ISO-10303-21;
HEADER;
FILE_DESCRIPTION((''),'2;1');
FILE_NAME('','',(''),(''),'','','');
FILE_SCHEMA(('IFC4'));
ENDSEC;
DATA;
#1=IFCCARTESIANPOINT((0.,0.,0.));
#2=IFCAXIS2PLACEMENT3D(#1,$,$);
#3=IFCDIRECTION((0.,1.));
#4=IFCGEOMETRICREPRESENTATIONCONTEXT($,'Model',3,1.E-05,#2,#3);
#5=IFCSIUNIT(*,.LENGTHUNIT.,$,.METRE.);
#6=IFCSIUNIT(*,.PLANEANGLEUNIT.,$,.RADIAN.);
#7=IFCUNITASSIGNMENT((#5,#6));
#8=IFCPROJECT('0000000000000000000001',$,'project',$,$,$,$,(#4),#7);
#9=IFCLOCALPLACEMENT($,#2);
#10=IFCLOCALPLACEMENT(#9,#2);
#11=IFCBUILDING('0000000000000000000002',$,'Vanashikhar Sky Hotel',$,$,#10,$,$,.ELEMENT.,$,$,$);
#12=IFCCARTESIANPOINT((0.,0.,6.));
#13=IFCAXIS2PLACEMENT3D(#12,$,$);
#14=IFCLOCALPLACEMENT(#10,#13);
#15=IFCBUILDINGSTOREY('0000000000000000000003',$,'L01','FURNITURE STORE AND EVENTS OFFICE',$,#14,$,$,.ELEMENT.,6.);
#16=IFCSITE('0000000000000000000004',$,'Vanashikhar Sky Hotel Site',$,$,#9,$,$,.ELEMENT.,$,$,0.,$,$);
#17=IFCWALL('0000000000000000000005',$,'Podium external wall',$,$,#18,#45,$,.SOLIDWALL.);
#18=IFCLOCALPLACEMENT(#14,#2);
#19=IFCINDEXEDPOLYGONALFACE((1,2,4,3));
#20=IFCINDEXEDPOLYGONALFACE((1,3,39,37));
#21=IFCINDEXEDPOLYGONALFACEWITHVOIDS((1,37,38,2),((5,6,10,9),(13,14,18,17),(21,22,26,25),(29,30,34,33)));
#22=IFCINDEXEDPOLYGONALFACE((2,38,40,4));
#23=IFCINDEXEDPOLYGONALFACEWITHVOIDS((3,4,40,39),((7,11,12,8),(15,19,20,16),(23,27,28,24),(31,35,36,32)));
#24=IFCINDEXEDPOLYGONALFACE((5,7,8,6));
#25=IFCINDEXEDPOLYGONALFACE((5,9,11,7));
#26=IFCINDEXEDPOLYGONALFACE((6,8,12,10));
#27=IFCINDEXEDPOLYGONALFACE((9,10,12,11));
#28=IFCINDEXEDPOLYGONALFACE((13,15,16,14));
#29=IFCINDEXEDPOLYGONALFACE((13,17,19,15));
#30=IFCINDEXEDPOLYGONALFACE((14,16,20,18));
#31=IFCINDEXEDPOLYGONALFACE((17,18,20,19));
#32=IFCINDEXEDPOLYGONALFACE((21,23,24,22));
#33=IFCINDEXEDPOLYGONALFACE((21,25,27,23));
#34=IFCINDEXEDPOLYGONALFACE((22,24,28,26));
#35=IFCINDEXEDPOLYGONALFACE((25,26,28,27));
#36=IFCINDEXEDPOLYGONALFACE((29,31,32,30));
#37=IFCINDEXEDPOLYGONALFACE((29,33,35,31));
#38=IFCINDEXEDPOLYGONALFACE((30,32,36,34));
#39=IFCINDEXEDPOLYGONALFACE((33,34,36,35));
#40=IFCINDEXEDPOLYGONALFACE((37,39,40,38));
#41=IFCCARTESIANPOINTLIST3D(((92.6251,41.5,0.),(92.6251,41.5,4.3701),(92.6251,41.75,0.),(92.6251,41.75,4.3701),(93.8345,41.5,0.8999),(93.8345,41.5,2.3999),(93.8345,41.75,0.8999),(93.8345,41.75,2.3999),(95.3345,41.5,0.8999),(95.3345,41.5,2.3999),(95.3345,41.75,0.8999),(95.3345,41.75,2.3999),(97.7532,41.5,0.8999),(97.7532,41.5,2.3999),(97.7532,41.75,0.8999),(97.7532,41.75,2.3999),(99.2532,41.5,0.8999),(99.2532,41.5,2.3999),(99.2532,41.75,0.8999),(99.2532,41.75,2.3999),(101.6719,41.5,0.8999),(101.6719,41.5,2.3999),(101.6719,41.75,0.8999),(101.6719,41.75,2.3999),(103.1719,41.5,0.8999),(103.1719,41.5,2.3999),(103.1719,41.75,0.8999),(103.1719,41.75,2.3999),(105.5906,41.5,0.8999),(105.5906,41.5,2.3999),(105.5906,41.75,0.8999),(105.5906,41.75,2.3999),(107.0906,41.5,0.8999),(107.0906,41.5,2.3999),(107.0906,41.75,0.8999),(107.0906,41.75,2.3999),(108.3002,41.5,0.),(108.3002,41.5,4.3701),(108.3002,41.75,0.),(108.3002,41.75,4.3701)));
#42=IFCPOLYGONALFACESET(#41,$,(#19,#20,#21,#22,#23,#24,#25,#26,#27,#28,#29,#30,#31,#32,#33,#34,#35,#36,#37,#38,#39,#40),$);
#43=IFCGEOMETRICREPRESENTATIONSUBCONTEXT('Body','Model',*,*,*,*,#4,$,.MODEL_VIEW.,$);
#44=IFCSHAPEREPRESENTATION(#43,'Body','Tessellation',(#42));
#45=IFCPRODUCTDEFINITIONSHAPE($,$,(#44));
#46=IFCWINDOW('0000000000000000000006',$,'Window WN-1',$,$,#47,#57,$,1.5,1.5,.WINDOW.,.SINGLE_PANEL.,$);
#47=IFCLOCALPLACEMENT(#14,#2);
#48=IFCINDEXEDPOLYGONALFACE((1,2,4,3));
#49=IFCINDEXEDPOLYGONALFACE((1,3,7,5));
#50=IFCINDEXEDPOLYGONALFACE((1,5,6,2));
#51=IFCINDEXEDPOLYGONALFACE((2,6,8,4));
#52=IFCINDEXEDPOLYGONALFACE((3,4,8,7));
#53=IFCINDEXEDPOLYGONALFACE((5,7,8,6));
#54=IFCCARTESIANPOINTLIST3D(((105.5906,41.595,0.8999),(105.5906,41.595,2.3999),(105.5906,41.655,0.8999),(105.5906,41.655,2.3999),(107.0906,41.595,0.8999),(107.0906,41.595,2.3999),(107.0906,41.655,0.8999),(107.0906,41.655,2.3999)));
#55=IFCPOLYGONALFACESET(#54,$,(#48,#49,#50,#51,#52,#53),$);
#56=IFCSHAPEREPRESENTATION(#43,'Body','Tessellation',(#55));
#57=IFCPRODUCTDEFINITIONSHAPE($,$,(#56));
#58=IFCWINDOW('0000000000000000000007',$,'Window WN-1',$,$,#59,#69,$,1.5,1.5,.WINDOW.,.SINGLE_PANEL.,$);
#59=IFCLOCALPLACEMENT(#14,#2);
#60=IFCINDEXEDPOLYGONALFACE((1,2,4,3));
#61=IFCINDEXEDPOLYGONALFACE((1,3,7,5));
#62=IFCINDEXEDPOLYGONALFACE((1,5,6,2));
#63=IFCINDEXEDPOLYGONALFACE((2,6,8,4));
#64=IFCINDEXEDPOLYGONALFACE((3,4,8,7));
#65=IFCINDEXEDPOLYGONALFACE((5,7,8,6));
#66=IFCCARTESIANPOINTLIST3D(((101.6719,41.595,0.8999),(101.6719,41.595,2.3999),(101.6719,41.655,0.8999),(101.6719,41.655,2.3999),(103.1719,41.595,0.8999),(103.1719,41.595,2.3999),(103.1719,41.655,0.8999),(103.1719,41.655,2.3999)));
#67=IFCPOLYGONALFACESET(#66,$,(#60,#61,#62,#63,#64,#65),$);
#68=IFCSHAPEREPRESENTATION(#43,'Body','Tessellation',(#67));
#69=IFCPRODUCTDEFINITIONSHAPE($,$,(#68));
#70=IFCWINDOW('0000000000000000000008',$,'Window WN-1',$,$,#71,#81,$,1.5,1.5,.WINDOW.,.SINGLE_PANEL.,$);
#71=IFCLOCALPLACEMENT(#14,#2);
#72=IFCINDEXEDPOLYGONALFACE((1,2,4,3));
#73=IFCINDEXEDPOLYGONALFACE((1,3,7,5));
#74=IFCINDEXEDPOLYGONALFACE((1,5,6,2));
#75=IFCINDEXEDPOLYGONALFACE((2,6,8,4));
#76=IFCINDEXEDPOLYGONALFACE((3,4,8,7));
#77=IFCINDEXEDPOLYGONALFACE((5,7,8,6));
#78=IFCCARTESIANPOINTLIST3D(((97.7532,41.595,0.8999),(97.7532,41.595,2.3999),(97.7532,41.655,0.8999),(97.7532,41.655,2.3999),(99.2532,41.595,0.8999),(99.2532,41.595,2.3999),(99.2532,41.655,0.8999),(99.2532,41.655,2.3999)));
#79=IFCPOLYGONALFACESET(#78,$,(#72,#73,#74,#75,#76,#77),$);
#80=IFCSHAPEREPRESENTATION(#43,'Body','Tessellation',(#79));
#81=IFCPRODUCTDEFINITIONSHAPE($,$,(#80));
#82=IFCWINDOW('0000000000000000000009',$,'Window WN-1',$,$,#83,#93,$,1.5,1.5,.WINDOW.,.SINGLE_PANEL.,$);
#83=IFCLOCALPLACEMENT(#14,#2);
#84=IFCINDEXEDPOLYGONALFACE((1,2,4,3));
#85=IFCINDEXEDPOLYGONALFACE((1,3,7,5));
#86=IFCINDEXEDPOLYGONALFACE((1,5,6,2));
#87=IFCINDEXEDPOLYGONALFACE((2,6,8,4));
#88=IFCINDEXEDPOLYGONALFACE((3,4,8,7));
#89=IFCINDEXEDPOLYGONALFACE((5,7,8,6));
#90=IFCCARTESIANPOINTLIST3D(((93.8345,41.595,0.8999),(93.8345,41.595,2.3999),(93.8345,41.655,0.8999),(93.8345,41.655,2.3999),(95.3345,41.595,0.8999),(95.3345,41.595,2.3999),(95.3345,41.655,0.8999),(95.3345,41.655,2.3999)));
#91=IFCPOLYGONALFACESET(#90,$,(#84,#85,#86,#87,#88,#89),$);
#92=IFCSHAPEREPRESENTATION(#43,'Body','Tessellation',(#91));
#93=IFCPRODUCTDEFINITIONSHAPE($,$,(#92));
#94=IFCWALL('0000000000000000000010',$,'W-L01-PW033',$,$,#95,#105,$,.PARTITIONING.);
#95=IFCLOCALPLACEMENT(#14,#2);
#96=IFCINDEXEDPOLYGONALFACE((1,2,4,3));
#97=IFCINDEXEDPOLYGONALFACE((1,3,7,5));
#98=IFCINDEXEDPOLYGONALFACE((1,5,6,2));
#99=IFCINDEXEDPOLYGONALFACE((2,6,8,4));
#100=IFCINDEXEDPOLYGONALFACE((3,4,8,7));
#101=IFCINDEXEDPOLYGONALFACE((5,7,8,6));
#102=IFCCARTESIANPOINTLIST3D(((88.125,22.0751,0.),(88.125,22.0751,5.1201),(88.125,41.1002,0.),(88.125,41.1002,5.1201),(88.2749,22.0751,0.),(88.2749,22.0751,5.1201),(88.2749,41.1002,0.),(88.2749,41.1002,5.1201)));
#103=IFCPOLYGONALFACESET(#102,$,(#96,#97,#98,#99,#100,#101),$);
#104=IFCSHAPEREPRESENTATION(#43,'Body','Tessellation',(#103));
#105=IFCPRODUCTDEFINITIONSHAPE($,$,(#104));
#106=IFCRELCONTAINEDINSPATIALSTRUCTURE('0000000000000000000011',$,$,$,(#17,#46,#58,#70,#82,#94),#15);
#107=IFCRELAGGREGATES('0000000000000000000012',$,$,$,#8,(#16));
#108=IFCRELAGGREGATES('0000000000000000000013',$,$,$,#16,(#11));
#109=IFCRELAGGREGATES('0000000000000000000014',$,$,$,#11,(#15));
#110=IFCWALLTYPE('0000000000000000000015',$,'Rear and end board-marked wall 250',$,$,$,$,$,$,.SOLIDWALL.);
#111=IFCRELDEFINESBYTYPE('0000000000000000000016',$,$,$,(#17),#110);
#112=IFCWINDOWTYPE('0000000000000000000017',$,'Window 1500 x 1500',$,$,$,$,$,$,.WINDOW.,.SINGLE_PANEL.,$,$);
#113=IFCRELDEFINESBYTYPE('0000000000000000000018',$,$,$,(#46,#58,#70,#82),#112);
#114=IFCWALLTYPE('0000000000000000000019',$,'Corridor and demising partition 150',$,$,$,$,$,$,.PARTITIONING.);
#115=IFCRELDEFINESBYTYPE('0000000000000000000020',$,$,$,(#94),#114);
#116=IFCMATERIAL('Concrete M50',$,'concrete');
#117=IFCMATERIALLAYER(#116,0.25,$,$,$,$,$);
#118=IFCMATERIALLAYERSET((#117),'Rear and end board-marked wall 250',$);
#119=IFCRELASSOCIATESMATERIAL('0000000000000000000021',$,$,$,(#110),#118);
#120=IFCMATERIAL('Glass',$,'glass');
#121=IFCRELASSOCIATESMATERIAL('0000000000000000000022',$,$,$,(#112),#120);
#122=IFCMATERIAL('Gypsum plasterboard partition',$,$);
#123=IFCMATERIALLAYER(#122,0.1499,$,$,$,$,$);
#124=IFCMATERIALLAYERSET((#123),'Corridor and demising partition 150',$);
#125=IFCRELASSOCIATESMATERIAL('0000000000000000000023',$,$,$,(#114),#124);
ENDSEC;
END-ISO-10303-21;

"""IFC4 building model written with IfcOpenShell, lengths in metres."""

from ifc_helpers import new_model, si_unit, direction, frame, frame_2d, origin, place, context, subcontext, project, spatial, rectangle, extrude, source, transform, mapped, material, layer, layer_set, type_object, element, fill, save


model = new_model("IFC4")

# Units and contexts
model_context = context("Model", 3, precision=1e-05, world=origin(), true_north=direction((0.0, 1.0)))
body_context = subcontext(model_context, "Body", "Model", "MODEL_VIEW")
ifc_project = project(units=[si_unit("LENGTHUNIT", "METRE"), si_unit("PLANEANGLEUNIT", "RADIAN")], contexts=[model_context])

# Site, building, storey
site_placement = place(None, origin())
site = spatial("IfcSite", under=ifc_project, at=site_placement, Name="Vanashikhar Sky Hotel Site", CompositionType="ELEMENT", RefElevation=0.0)
building_placement = place(site_placement, origin())
building = spatial("IfcBuilding", under=site, at=building_placement, Name="Vanashikhar Sky Hotel", CompositionType="ELEMENT")
storey_placement = place(building_placement, frame((0.0, 0.0, 6.0)))
storey = spatial("IfcBuildingStorey", under=building, at=storey_placement, Name="L01", Description="FURNITURE STORE AND EVENTS OFFICE", CompositionType="ELEMENT", Elevation=6.0)

# Shared definitions
ifc_material_1 = material(Name="Concrete M50", Category="concrete")

# Shared definitions
ifc_layer_1 = layer(ifc_material_1, 0.25)
ifc_layer_set_1 = layer_set([ifc_layer_1], Name="Rear and end board-marked wall 250")
wall_type_1 = type_object("IfcWallType", Name="Rear and end board-marked wall 250", PredefinedType="SOLIDWALL", material=ifc_layer_set_1)
shared_shape_1 = source(origin(), body_context, "Body", "SweptSolid", [
    extrude(rectangle(XDim=1.5, YDim=1.5, at=frame_2d((0.75, 0.75))), frame((0.0, 0.135, 0.0), z_axis=(0.0, -1.0, 0.0), x_axis=(1.0, 0.0, 0.0)), (0.0, 0.0, 1.0), 0.27),
])
ifc_material_2 = material(Name="Glass", Category="glass")
window_type_1 = type_object("IfcWindowType", Name="Window 1500 x 1500", PartitioningType="SINGLE_PANEL", PredefinedType="WINDOW", material=ifc_material_2)
shared_shape_2 = source(origin(), body_context, "Body", "SweptSolid", [
    extrude(rectangle(XDim=1.5, YDim=1.5, at=frame_2d((0.75, 0.75))), frame((0.0, 0.03, 0.0), z_axis=(0.0, -1.0, 0.0), x_axis=(1.0, 0.0, 0.0)), (0.0, 0.0, 1.0), 0.0601),
])

# Wall, openings, windows
shared_shape_3 = source(origin(), body_context, "Body", "SweptSolid", [
    extrude(rectangle(XDim=15.675, YDim=0.25, at=frame_2d((7.8374, 0.0))), origin(), (0.0, 0.0, 1.0), 4.3701),
])
wall_1_placement = place(storey_placement, frame((108.3, 41.625, 0.0), z_axis=(0.0, 0.0, 1.0), x_axis=(-1.0, 0.0, 0.0)))
wall_1 = element("IfcWall", 1, at=wall_1_placement, inside=storey, type_object=wall_type_1, Name="Podium external wall", PredefinedType="SOLIDWALL", context=body_context, shape_type="MappedRepresentation", body=[
    mapped(shared_shape_3, transform((0.0, 0.0, 0.0), scale=1.0)),
])
opening_1_placement = place(wall_1_placement, frame((1.2095, 0.0, 0.8999)))
opening_1 = element("IfcOpeningElement", 2, at=opening_1_placement, cuts=wall_1, PredefinedType="OPENING", context=body_context, shape_type="MappedRepresentation", body=[
    mapped(shared_shape_1, transform((0.0, 0.0, 0.0), scale=1.0)),
])
opening_2_placement = place(wall_1_placement, frame((5.1282, 0.0, 0.8999)))
opening_2 = element("IfcOpeningElement", 3, at=opening_2_placement, cuts=wall_1, PredefinedType="OPENING", context=body_context, shape_type="MappedRepresentation", body=[
    mapped(shared_shape_1, transform((0.0, 0.0, 0.0), scale=1.0)),
])
opening_3_placement = place(wall_1_placement, frame((9.0469, 0.0, 0.8999)))
opening_3 = element("IfcOpeningElement", 4, at=opening_3_placement, cuts=wall_1, PredefinedType="OPENING", context=body_context, shape_type="MappedRepresentation", body=[
    mapped(shared_shape_1, transform((0.0, 0.0, 0.0), scale=1.0)),
])
opening_4_placement = place(wall_1_placement, frame((12.9656, 0.0, 0.8999)))
opening_4 = element("IfcOpeningElement", 5, at=opening_4_placement, cuts=wall_1, PredefinedType="OPENING", context=body_context, shape_type="MappedRepresentation", body=[
    mapped(shared_shape_1, transform((0.0, 0.0, 0.0), scale=1.0)),
])
window_1_placement = place(opening_1_placement, origin())
window_1 = element("IfcWindow", 6, at=window_1_placement, inside=storey, type_object=window_type_1, Name="Window WN-1", OverallHeight=1.5, OverallWidth=1.5, PartitioningType="SINGLE_PANEL", PredefinedType="WINDOW", context=body_context, shape_type="MappedRepresentation", body=[
    mapped(shared_shape_2, transform((0.0, 0.0, 0.0), scale=1.0)),
])
fill(opening_1, window_1)
window_2_placement = place(opening_2_placement, origin())
window_2 = element("IfcWindow", 7, at=window_2_placement, inside=storey, type_object=window_type_1, Name="Window WN-1", OverallHeight=1.5, OverallWidth=1.5, PartitioningType="SINGLE_PANEL", PredefinedType="WINDOW", context=body_context, shape_type="MappedRepresentation", body=[
    mapped(shared_shape_2, transform((0.0, 0.0, 0.0), scale=1.0)),
])
fill(opening_2, window_2)
window_3_placement = place(opening_3_placement, origin())
window_3 = element("IfcWindow", 8, at=window_3_placement, inside=storey, type_object=window_type_1, Name="Window WN-1", OverallHeight=1.5, OverallWidth=1.5, PartitioningType="SINGLE_PANEL", PredefinedType="WINDOW", context=body_context, shape_type="MappedRepresentation", body=[
    mapped(shared_shape_2, transform((0.0, 0.0, 0.0), scale=1.0)),
])
fill(opening_3, window_3)
window_4_placement = place(opening_4_placement, origin())
window_4 = element("IfcWindow", 9, at=window_4_placement, inside=storey, type_object=window_type_1, Name="Window WN-1", OverallHeight=1.5, OverallWidth=1.5, PartitioningType="SINGLE_PANEL", PredefinedType="WINDOW", context=body_context, shape_type="MappedRepresentation", body=[
    mapped(shared_shape_2, transform((0.0, 0.0, 0.0), scale=1.0)),
])
fill(opening_4, window_4)

# Wall
ifc_material_3 = material(Name="Gypsum plasterboard partition")
ifc_layer_2 = layer(ifc_material_3, 0.1499)
ifc_layer_set_2 = layer_set([ifc_layer_2], Name="Corridor and demising partition 150")
wall_type_2 = type_object("IfcWallType", Name="Corridor and demising partition 150", PredefinedType="PARTITIONING", material=ifc_layer_set_2)
shared_shape_4 = source(origin(), body_context, "Body", "SweptSolid", [
    extrude(rectangle(XDim=19.0251, YDim=0.1499, at=frame_2d((9.5127, 0.0))), origin(), (0.0, 0.0, 1.0), 5.1201),
])
wall_2_placement = place(storey_placement, frame((88.2, 22.075, 0.0), z_axis=(0.0, 0.0, 1.0), x_axis=(0.0, 1.0, 0.0)))
element("IfcWall", 10, at=wall_2_placement, inside=storey, type_object=wall_type_2, Name="W-L01-PW033", PredefinedType="PARTITIONING", context=body_context, shape_type="MappedRepresentation", body=[
    mapped(shared_shape_4, transform((0.0, 0.0, 0.0), scale=1.0)),
])

save(model, "model.ifc")
